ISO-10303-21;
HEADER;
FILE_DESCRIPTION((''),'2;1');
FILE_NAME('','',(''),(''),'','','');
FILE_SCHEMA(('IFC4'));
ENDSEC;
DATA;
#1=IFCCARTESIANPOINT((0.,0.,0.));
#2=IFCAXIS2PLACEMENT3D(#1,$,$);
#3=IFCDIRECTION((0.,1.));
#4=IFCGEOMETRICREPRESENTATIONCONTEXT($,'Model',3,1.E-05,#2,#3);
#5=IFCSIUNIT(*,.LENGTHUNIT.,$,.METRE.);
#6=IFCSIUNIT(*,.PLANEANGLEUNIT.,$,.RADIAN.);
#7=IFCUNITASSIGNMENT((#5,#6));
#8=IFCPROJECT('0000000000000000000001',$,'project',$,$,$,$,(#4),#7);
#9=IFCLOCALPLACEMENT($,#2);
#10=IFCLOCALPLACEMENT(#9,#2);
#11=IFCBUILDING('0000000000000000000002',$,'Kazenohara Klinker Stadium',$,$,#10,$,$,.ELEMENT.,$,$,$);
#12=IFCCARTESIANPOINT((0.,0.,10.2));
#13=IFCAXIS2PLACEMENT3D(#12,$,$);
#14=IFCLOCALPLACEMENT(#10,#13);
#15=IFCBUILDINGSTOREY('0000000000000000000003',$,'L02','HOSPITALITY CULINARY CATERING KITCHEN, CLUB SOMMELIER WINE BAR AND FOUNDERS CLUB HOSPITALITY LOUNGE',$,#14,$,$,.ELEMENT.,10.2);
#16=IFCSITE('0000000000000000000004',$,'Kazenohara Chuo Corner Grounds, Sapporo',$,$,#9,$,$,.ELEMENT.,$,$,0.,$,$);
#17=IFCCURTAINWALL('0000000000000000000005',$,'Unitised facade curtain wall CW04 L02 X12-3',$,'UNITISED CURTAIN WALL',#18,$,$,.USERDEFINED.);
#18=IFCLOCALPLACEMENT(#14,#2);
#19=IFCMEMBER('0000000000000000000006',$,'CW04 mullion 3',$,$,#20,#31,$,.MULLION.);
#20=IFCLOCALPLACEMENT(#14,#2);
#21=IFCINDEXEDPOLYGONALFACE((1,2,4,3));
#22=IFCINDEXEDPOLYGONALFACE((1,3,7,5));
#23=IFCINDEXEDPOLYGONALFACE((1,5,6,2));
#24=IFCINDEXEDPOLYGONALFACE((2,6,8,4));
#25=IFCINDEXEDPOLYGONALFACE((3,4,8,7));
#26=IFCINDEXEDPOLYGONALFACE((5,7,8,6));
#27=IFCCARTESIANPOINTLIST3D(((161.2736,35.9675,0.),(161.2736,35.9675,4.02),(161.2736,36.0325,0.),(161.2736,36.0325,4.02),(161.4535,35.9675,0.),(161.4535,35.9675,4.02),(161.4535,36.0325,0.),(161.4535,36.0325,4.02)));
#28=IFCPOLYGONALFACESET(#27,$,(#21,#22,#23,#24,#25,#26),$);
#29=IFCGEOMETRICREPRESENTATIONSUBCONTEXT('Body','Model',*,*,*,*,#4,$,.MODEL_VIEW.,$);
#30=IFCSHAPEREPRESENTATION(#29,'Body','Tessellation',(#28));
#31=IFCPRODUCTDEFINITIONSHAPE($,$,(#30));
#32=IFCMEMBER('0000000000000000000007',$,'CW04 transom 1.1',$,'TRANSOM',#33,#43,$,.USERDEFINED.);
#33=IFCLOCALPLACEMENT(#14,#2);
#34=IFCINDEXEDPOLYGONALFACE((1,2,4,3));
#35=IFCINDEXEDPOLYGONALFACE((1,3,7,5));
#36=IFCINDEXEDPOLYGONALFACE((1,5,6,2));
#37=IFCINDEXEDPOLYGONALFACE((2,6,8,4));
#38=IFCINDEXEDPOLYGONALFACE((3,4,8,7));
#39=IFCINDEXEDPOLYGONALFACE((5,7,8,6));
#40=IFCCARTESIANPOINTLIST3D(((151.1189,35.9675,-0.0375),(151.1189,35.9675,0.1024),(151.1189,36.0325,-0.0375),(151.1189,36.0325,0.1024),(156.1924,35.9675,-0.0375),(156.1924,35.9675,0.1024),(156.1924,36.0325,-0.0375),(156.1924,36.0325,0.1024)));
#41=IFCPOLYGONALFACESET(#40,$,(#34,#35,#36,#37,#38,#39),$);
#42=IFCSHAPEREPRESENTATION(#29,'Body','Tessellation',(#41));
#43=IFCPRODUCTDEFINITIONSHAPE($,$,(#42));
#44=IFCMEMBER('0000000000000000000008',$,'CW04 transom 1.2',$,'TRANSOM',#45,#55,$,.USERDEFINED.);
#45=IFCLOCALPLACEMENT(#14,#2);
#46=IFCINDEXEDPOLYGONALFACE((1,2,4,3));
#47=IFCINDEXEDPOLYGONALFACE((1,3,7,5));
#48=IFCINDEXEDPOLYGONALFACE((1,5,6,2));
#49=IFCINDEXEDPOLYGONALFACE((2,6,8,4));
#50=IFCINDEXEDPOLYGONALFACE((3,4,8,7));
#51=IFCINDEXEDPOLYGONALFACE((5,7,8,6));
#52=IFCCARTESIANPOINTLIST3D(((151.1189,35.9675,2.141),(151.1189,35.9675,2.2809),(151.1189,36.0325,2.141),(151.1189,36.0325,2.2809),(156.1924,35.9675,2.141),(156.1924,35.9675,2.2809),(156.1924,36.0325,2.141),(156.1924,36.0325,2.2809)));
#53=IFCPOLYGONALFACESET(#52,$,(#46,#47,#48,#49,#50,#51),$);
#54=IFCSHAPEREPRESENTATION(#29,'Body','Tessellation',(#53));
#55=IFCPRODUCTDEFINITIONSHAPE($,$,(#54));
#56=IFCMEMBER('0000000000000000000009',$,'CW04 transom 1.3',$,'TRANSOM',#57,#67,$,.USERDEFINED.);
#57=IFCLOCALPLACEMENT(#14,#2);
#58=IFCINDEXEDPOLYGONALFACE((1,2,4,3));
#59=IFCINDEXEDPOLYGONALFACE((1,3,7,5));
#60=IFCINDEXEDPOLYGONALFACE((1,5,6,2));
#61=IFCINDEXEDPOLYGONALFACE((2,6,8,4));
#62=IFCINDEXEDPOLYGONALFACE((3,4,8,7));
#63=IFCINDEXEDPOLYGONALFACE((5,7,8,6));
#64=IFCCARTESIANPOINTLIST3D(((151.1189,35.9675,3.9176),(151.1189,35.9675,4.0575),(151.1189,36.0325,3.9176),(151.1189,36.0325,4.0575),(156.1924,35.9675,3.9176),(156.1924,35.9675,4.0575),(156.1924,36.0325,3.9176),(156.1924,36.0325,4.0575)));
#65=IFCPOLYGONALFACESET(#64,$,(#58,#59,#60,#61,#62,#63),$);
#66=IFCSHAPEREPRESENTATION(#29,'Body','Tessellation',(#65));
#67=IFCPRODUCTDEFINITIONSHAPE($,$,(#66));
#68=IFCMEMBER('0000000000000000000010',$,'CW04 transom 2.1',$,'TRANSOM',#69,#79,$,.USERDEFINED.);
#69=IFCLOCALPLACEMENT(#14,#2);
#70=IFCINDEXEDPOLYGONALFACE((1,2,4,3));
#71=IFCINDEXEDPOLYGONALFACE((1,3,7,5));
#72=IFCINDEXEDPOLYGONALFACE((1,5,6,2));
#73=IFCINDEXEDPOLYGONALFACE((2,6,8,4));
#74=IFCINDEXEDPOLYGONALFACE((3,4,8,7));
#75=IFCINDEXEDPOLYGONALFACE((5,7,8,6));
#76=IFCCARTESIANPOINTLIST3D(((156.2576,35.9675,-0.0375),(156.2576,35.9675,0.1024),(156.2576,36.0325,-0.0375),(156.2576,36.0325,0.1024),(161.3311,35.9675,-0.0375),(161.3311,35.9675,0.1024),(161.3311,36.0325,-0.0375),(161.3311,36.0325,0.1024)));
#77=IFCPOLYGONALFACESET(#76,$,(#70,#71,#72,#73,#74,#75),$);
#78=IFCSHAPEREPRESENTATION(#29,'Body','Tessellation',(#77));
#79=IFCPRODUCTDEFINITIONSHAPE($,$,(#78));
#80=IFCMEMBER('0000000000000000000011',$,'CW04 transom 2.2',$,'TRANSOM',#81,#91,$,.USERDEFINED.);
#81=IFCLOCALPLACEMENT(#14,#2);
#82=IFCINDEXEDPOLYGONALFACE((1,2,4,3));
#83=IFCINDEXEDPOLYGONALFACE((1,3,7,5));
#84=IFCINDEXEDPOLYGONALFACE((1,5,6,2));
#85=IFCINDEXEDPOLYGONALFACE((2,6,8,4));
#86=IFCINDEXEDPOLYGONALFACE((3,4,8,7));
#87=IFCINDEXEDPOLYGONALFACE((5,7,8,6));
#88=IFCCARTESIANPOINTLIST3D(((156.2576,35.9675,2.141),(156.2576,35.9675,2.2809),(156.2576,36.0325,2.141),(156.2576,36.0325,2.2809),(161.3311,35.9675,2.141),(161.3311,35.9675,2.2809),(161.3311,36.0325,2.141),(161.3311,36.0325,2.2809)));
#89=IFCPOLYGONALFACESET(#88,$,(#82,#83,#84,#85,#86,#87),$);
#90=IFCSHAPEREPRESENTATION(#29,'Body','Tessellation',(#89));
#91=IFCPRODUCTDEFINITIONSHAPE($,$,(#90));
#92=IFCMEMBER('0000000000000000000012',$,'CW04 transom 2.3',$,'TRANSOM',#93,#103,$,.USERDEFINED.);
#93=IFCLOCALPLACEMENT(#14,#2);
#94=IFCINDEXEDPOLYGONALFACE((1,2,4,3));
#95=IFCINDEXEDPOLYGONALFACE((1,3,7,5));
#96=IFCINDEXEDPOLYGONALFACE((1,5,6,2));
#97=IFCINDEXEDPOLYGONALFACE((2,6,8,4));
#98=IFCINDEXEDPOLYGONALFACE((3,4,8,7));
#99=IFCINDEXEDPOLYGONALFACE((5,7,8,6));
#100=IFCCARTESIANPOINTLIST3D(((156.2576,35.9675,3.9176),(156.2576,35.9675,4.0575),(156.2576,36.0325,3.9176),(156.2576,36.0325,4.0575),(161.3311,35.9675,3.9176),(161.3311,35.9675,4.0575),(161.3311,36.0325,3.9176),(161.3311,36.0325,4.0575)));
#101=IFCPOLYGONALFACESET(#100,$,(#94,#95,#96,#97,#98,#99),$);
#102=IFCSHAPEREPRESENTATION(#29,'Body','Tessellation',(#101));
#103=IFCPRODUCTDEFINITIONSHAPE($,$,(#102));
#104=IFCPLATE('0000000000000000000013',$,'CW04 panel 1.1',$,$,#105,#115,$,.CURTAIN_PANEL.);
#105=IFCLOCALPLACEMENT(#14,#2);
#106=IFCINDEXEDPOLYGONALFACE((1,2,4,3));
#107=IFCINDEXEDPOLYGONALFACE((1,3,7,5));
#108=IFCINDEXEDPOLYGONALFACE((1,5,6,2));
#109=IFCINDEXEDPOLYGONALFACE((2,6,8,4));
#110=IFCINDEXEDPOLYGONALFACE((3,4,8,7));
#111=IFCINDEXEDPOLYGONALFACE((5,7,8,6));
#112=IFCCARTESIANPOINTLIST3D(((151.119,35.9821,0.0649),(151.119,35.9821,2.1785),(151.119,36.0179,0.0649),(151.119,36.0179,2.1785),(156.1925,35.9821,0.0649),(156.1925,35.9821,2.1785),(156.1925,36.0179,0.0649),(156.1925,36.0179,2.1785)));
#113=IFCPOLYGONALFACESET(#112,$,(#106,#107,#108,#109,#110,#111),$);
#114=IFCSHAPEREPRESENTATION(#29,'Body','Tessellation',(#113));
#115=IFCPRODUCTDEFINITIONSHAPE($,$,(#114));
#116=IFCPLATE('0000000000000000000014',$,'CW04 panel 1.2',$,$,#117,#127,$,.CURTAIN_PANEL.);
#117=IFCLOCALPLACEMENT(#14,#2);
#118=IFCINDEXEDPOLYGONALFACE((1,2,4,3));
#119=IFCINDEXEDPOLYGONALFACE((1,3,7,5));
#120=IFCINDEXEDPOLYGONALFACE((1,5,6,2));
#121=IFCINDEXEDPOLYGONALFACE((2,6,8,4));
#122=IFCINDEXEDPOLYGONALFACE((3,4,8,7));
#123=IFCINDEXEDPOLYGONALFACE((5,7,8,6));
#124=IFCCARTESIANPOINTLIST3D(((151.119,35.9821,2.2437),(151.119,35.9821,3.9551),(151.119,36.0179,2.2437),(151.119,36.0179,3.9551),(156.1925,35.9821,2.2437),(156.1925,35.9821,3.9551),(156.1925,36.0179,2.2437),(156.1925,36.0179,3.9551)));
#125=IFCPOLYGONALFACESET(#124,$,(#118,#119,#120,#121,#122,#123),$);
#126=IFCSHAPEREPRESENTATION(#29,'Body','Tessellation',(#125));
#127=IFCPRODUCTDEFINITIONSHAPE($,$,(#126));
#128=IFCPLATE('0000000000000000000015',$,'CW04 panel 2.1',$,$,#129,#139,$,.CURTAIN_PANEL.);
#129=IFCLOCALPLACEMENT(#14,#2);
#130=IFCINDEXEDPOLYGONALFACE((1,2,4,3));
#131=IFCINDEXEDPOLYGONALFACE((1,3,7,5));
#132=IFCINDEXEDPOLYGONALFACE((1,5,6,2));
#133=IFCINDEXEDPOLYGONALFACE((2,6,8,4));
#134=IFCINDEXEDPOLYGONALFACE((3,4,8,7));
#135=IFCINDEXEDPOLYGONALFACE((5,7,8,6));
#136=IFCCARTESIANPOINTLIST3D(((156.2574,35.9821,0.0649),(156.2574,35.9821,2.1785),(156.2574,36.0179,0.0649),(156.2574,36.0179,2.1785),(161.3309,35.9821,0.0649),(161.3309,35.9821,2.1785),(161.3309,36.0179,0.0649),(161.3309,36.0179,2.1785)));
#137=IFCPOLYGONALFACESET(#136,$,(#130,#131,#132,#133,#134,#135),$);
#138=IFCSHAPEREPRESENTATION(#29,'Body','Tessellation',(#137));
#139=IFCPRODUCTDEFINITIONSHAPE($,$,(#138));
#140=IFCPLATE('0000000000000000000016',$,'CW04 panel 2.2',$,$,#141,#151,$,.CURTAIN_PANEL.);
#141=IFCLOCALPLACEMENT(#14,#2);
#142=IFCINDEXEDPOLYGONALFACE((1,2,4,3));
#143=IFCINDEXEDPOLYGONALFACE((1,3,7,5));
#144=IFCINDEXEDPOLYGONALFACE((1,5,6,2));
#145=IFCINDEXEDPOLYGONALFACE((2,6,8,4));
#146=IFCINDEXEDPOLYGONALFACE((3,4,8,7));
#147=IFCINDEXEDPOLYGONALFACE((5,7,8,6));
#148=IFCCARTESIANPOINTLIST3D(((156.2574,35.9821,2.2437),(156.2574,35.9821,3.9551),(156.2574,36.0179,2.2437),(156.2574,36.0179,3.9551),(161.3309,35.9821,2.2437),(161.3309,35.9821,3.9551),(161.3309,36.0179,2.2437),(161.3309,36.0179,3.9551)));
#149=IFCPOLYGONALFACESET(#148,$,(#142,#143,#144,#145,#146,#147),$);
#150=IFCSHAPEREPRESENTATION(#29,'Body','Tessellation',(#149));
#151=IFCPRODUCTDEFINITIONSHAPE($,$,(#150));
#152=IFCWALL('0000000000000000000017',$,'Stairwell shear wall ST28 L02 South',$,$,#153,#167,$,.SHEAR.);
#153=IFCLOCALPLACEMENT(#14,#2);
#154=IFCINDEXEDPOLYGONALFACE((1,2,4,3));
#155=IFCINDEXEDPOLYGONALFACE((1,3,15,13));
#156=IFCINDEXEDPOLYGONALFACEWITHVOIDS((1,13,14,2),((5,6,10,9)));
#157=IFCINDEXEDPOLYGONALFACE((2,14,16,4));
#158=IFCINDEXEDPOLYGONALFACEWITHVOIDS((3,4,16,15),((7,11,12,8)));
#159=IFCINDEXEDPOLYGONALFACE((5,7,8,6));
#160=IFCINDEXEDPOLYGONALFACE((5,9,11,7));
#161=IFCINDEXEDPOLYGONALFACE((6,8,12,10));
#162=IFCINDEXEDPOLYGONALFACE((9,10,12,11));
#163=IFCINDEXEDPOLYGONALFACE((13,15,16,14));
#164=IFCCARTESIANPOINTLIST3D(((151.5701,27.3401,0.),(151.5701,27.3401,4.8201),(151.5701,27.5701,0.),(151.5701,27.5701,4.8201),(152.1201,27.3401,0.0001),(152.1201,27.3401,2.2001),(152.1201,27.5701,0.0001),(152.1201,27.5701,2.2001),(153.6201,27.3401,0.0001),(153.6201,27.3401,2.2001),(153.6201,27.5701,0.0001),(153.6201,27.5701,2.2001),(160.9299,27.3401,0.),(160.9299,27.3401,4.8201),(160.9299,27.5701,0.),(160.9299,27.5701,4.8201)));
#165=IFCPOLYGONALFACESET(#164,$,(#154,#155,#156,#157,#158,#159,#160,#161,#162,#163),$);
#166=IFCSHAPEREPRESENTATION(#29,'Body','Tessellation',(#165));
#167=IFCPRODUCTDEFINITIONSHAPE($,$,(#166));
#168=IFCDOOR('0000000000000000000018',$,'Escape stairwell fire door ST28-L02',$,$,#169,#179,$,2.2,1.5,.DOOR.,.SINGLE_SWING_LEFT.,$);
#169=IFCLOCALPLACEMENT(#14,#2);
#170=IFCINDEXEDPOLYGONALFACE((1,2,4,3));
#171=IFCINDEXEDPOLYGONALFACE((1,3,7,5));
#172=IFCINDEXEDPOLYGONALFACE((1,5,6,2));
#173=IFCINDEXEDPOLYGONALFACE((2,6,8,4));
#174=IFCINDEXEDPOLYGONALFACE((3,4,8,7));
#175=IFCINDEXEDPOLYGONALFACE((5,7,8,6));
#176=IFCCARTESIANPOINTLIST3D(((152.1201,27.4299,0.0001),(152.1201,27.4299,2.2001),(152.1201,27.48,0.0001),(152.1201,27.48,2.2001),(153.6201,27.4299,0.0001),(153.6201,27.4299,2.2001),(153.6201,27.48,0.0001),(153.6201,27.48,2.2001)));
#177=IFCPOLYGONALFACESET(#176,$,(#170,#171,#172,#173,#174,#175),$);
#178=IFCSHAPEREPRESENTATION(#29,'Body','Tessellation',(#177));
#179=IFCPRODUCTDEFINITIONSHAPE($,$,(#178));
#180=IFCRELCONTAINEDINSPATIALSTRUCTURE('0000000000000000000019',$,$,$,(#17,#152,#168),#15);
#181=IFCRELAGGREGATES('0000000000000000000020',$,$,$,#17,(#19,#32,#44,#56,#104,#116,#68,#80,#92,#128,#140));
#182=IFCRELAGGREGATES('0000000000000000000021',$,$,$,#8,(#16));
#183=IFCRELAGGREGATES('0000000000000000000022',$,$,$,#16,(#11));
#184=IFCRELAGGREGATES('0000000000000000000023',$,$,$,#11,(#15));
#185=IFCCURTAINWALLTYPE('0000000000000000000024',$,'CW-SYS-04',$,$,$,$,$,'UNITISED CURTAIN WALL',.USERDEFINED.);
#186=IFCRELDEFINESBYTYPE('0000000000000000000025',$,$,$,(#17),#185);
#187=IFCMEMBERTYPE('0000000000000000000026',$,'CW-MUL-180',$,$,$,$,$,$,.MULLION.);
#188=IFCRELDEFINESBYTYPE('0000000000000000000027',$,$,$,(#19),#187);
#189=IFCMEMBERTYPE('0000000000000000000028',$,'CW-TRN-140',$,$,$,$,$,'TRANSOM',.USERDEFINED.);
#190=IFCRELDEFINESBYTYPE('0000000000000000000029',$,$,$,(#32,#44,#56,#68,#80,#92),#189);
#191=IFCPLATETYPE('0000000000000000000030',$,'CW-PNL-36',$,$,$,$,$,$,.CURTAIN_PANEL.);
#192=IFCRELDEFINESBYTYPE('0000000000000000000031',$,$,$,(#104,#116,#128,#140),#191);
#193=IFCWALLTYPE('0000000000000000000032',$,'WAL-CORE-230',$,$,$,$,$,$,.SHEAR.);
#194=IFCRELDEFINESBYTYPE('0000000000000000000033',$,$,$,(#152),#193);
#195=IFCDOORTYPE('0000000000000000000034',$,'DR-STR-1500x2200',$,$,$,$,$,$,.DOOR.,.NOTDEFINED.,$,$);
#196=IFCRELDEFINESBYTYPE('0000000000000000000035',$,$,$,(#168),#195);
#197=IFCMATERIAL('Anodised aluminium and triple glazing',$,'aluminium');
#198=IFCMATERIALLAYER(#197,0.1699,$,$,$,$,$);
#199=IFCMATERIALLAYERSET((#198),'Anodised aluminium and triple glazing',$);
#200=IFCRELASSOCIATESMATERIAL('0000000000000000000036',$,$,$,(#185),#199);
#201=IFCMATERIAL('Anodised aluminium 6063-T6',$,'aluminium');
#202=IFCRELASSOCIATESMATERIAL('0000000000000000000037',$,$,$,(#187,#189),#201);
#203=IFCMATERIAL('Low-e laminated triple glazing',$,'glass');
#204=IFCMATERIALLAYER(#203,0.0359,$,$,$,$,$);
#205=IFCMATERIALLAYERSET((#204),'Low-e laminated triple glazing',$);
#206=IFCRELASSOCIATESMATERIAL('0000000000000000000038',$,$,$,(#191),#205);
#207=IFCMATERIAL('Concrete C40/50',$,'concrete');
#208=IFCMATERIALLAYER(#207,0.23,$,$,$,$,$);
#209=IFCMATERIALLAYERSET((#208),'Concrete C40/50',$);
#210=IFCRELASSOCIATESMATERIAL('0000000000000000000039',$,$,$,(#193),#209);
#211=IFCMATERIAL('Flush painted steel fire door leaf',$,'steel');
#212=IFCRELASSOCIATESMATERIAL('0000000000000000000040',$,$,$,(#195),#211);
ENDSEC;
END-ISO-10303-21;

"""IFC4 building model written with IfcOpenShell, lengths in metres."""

from ifc_helpers import new_model, si_unit, direction, frame, frame_2d, origin, origin_2d, place, context, subcontext, project, spatial, rectangle, extrude, material, layer, layer_set, material_profile, profile_set, type_object, element, fill, aggregate, save


model = new_model("IFC4")

# Units and contexts
model_context = context("Model", 3, precision=1e-05, world=origin(), true_north=direction((0.0, 1.0)))
body_context = subcontext(model_context, "Body", "Model", "MODEL_VIEW")
ifc_project = project(units=[si_unit("LENGTHUNIT", "METRE"), si_unit("PLANEANGLEUNIT", "RADIAN")], contexts=[model_context])

# Site, building, storey
site_placement = place(None, origin())
site = spatial("IfcSite", under=ifc_project, at=site_placement, Name="Kazenohara Chuo Corner Grounds, Sapporo", CompositionType="ELEMENT", RefElevation=0.0)
building_placement = place(site_placement, origin())
building = spatial("IfcBuilding", under=site, at=building_placement, Name="Kazenohara Klinker Stadium", CompositionType="ELEMENT")
storey_placement = place(building_placement, frame((0.0, 0.0, 10.2)))
storey = spatial("IfcBuildingStorey", under=building, at=storey_placement, Name="L02", Description="HOSPITALITY CULINARY CATERING KITCHEN, CLUB SOMMELIER WINE BAR AND FOUNDERS CLUB HOSPITALITY LOUNGE", CompositionType="ELEMENT", Elevation=10.2)

# Shared definitions
ifc_material_1 = material(Name="Concrete C40/50", Category="concrete")

# Curtain wall, members, plates
ifc_material_2 = material(Name="Anodised aluminium and triple glazing", Category="aluminium")
ifc_layer_1 = layer(ifc_material_2, 0.1699)
ifc_layer_set_1 = layer_set([ifc_layer_1], Name="Anodised aluminium and triple glazing")
curtain_wall_type = type_object("IfcCurtainWallType", Name="CW-SYS-04", ElementType="UNITISED CURTAIN WALL", PredefinedType="USERDEFINED", material=ifc_layer_set_1)
curtain_wall_placement = place(storey_placement, origin())
curtain_wall = element("IfcCurtainWall", 1, at=curtain_wall_placement, inside=storey, type_object=curtain_wall_type, Name="Unitised facade curtain wall CW04 L02 X12-3", ObjectType="UNITISED CURTAIN WALL", PredefinedType="USERDEFINED")
ifc_material_3 = material(Name="Anodised aluminium 6063-T6", Category="aluminium")
ifc_material_profile_1 = material_profile(ifc_material_3, rectangle(XDim=0.0649, YDim=0.1799, at=origin_2d()), Name="ALU-MUL-65x180")
ifc_profile_set_1 = profile_set([ifc_material_profile_1], Name="Anodised aluminium 6063-T6")
member_type_1 = type_object("IfcMemberType", Name="CW-MUL-180", PredefinedType="MULLION", material=ifc_profile_set_1)
member_1_placement = place(storey_placement, frame((161.3635, 36.0, 0.0), z_axis=(0.0, 0.0, 1.0), x_axis=(0.0, 1.0, 0.0)))
member_1 = element("IfcMember", 2, at=member_1_placement, type_object=member_type_1, Name="CW04 mullion 3", PredefinedType="MULLION", context=body_context, shape_type="SweptSolid", body=[
    extrude(rectangle(XDim=0.0649, YDim=0.1799, at=origin_2d()), origin(), (0.0, 0.0, 1.0), 4.02),
])
ifc_material_profile_2 = material_profile(ifc_material_3, rectangle(XDim=0.0649, YDim=0.1399, at=origin_2d()), Name="ALU-TRN-65x140")
ifc_profile_set_2 = profile_set([ifc_material_profile_2], Name="Anodised aluminium 6063-T6")
member_type_2 = type_object("IfcMemberType", Name="CW-TRN-140", ElementType="TRANSOM", PredefinedType="USERDEFINED", material=ifc_profile_set_2)
member_2_placement = place(storey_placement, frame((151.1189, 36.0, 0.0325), z_axis=(1.0, 0.0, 0.0), x_axis=(0.0, 1.0, 0.0)))
member_2 = element("IfcMember", 3, at=member_2_placement, type_object=member_type_2, Name="CW04 transom 1.1", ObjectType="TRANSOM", PredefinedType="USERDEFINED", context=body_context, shape_type="SweptSolid", body=[
    extrude(rectangle(XDim=0.0649, YDim=0.1399, at=origin_2d()), origin(), (0.0, 0.0, 1.0), 5.0735),
])
member_3_placement = place(storey_placement, frame((151.1189, 36.0, 2.2109), z_axis=(1.0, 0.0, 0.0), x_axis=(0.0, 1.0, 0.0)))
member_3 = element("IfcMember", 4, at=member_3_placement, type_object=member_type_2, Name="CW04 transom 1.2", ObjectType="TRANSOM", PredefinedType="USERDEFINED", context=body_context, shape_type="SweptSolid", body=[
    extrude(rectangle(XDim=0.0649, YDim=0.1399, at=origin_2d()), origin(), (0.0, 0.0, 1.0), 5.0735),
])
member_4_placement = place(storey_placement, frame((151.1189, 36.0, 3.9875), z_axis=(1.0, 0.0, 0.0), x_axis=(0.0, 1.0, 0.0)))
member_4 = element("IfcMember", 5, at=member_4_placement, type_object=member_type_2, Name="CW04 transom 1.3", ObjectType="TRANSOM", PredefinedType="USERDEFINED", context=body_context, shape_type="SweptSolid", body=[
    extrude(rectangle(XDim=0.0649, YDim=0.1399, at=origin_2d()), origin(), (0.0, 0.0, 1.0), 5.0735),
])
member_5_placement = place(storey_placement, frame((156.2576, 36.0, 0.0325), z_axis=(1.0, 0.0, 0.0), x_axis=(0.0, 1.0, 0.0)))
member_5 = element("IfcMember", 6, at=member_5_placement, type_object=member_type_2, Name="CW04 transom 2.1", ObjectType="TRANSOM", PredefinedType="USERDEFINED", context=body_context, shape_type="SweptSolid", body=[
    extrude(rectangle(XDim=0.0649, YDim=0.1399, at=origin_2d()), origin(), (0.0, 0.0, 1.0), 5.0735),
])
member_6_placement = place(storey_placement, frame((156.2576, 36.0, 2.2109), z_axis=(1.0, 0.0, 0.0), x_axis=(0.0, 1.0, 0.0)))
member_6 = element("IfcMember", 7, at=member_6_placement, type_object=member_type_2, Name="CW04 transom 2.2", ObjectType="TRANSOM", PredefinedType="USERDEFINED", context=body_context, shape_type="SweptSolid", body=[
    extrude(rectangle(XDim=0.0649, YDim=0.1399, at=origin_2d()), origin(), (0.0, 0.0, 1.0), 5.0735),
])
member_7_placement = place(storey_placement, frame((156.2576, 36.0, 3.9875), z_axis=(1.0, 0.0, 0.0), x_axis=(0.0, 1.0, 0.0)))
member_7 = element("IfcMember", 8, at=member_7_placement, type_object=member_type_2, Name="CW04 transom 2.3", ObjectType="TRANSOM", PredefinedType="USERDEFINED", context=body_context, shape_type="SweptSolid", body=[
    extrude(rectangle(XDim=0.0649, YDim=0.1399, at=origin_2d()), origin(), (0.0, 0.0, 1.0), 5.0735),
])
ifc_material_4 = material(Name="Low-e laminated triple glazing", Category="glass")
ifc_layer_2 = layer(ifc_material_4, 0.0359)
ifc_layer_set_2 = layer_set([ifc_layer_2], Name="Low-e laminated triple glazing")
plate_type = type_object("IfcPlateType", Name="CW-PNL-36", PredefinedType="CURTAIN_PANEL", material=ifc_layer_set_2)
plate_1_placement = place(storey_placement, frame((153.6558, 36.0, 0.0649), z_axis=(0.0, 0.0, 1.0), x_axis=(1.0, 0.0, 0.0)))
plate_1 = element("IfcPlate", 9, at=plate_1_placement, type_object=plate_type, Name="CW04 panel 1.1", PredefinedType="CURTAIN_PANEL", context=body_context, shape_type="SweptSolid", body=[
    extrude(rectangle(XDim=5.0735, YDim=0.0359, at=origin_2d()), origin(), (0.0, 0.0, 1.0), 2.1135),
])
plate_2_placement = place(storey_placement, frame((153.6558, 36.0, 2.2437), z_axis=(0.0, 0.0, 1.0), x_axis=(1.0, 0.0, 0.0)))
plate_2 = element("IfcPlate", 10, at=plate_2_placement, type_object=plate_type, Name="CW04 panel 1.2", PredefinedType="CURTAIN_PANEL", context=body_context, shape_type="SweptSolid", body=[
    extrude(rectangle(XDim=5.0735, YDim=0.0359, at=origin_2d()), origin(), (0.0, 0.0, 1.0), 1.7114),
])
plate_3_placement = place(storey_placement, frame((158.7942, 36.0, 0.0649), z_axis=(0.0, 0.0, 1.0), x_axis=(1.0, 0.0, 0.0)))
plate_3 = element("IfcPlate", 11, at=plate_3_placement, type_object=plate_type, Name="CW04 panel 2.1", PredefinedType="CURTAIN_PANEL", context=body_context, shape_type="SweptSolid", body=[
    extrude(rectangle(XDim=5.0735, YDim=0.0359, at=origin_2d()), origin(), (0.0, 0.0, 1.0), 2.1135),
])
plate_4_placement = place(storey_placement, frame((158.7942, 36.0, 2.2437), z_axis=(0.0, 0.0, 1.0), x_axis=(1.0, 0.0, 0.0)))
plate_4 = element("IfcPlate", 12, at=plate_4_placement, type_object=plate_type, Name="CW04 panel 2.2", PredefinedType="CURTAIN_PANEL", context=body_context, shape_type="SweptSolid", body=[
    extrude(rectangle(XDim=5.0735, YDim=0.0359, at=origin_2d()), origin(), (0.0, 0.0, 1.0), 1.7114),
])
aggregate(curtain_wall, [member_1, member_2, member_3, member_4, plate_1, plate_2, member_5, member_6, member_7, plate_3, plate_4])

# Wall, opening, door
ifc_layer_3 = layer(ifc_material_1, 0.23)
ifc_layer_set_3 = layer_set([ifc_layer_3], Name="Concrete C40/50")
wall_type_1 = type_object("IfcWallType", Name="WAL-CORE-230", PredefinedType="SHEAR", material=ifc_layer_set_3)
wall_1_placement = place(storey_placement, frame((151.5701, 27.4551, 0.0), z_axis=(0.0, 0.0, 1.0), x_axis=(1.0, 0.0, 0.0)))
wall_1 = element("IfcWall", 13, at=wall_1_placement, inside=storey, type_object=wall_type_1, Name="Stairwell shear wall ST28 L02 South", PredefinedType="SHEAR", context=body_context, shape_type="SweptSolid", body=[
    extrude(rectangle(XDim=9.3599, YDim=0.23, at=frame_2d((4.6799, 0.0))), origin(), (0.0, 0.0, 1.0), 4.8201),
])
opening_1_placement = place(wall_1_placement, frame((0.55, 0.0, 0.0)))
opening_1 = element("IfcOpeningElement", 14, at=opening_1_placement, cuts=wall_1, PredefinedType="OPENING", context=body_context, shape_type="SweptSolid", body=[
    extrude(rectangle(XDim=1.5, YDim=2.2, at=frame_2d((0.75, 1.1001))), frame((0.0, 0.125, 0.0), z_axis=(0.0, -1.0, 0.0), x_axis=(1.0, 0.0, 0.0)), (0.0, 0.0, 1.0), 0.25),
])
ifc_material_5 = material(Name="Flush painted steel fire door leaf", Category="steel")
door_type_1 = type_object("IfcDoorType", Name="DR-STR-1500x2200", OperationType="NOTDEFINED", PredefinedType="DOOR", material=ifc_material_5)
door_1_placement = place(opening_1_placement, origin())
door_1 = element("IfcDoor", 15, at=door_1_placement, inside=storey, type_object=door_type_1, Name="Escape stairwell fire door ST28-L02", OperationType="SINGLE_SWING_LEFT", OverallHeight=2.2, OverallWidth=1.5, PredefinedType="DOOR", context=body_context, shape_type="SweptSolid", body=[
    extrude(rectangle(XDim=1.5, YDim=2.2, at=frame_2d((0.75, 1.1001))), frame((0.0, 0.0249, 0.0), z_axis=(0.0, -1.0, 0.0), x_axis=(1.0, 0.0, 0.0)), (0.0, 0.0, 1.0), 0.05),
])
fill(opening_1, door_1)

save(model, "model.ifc")
